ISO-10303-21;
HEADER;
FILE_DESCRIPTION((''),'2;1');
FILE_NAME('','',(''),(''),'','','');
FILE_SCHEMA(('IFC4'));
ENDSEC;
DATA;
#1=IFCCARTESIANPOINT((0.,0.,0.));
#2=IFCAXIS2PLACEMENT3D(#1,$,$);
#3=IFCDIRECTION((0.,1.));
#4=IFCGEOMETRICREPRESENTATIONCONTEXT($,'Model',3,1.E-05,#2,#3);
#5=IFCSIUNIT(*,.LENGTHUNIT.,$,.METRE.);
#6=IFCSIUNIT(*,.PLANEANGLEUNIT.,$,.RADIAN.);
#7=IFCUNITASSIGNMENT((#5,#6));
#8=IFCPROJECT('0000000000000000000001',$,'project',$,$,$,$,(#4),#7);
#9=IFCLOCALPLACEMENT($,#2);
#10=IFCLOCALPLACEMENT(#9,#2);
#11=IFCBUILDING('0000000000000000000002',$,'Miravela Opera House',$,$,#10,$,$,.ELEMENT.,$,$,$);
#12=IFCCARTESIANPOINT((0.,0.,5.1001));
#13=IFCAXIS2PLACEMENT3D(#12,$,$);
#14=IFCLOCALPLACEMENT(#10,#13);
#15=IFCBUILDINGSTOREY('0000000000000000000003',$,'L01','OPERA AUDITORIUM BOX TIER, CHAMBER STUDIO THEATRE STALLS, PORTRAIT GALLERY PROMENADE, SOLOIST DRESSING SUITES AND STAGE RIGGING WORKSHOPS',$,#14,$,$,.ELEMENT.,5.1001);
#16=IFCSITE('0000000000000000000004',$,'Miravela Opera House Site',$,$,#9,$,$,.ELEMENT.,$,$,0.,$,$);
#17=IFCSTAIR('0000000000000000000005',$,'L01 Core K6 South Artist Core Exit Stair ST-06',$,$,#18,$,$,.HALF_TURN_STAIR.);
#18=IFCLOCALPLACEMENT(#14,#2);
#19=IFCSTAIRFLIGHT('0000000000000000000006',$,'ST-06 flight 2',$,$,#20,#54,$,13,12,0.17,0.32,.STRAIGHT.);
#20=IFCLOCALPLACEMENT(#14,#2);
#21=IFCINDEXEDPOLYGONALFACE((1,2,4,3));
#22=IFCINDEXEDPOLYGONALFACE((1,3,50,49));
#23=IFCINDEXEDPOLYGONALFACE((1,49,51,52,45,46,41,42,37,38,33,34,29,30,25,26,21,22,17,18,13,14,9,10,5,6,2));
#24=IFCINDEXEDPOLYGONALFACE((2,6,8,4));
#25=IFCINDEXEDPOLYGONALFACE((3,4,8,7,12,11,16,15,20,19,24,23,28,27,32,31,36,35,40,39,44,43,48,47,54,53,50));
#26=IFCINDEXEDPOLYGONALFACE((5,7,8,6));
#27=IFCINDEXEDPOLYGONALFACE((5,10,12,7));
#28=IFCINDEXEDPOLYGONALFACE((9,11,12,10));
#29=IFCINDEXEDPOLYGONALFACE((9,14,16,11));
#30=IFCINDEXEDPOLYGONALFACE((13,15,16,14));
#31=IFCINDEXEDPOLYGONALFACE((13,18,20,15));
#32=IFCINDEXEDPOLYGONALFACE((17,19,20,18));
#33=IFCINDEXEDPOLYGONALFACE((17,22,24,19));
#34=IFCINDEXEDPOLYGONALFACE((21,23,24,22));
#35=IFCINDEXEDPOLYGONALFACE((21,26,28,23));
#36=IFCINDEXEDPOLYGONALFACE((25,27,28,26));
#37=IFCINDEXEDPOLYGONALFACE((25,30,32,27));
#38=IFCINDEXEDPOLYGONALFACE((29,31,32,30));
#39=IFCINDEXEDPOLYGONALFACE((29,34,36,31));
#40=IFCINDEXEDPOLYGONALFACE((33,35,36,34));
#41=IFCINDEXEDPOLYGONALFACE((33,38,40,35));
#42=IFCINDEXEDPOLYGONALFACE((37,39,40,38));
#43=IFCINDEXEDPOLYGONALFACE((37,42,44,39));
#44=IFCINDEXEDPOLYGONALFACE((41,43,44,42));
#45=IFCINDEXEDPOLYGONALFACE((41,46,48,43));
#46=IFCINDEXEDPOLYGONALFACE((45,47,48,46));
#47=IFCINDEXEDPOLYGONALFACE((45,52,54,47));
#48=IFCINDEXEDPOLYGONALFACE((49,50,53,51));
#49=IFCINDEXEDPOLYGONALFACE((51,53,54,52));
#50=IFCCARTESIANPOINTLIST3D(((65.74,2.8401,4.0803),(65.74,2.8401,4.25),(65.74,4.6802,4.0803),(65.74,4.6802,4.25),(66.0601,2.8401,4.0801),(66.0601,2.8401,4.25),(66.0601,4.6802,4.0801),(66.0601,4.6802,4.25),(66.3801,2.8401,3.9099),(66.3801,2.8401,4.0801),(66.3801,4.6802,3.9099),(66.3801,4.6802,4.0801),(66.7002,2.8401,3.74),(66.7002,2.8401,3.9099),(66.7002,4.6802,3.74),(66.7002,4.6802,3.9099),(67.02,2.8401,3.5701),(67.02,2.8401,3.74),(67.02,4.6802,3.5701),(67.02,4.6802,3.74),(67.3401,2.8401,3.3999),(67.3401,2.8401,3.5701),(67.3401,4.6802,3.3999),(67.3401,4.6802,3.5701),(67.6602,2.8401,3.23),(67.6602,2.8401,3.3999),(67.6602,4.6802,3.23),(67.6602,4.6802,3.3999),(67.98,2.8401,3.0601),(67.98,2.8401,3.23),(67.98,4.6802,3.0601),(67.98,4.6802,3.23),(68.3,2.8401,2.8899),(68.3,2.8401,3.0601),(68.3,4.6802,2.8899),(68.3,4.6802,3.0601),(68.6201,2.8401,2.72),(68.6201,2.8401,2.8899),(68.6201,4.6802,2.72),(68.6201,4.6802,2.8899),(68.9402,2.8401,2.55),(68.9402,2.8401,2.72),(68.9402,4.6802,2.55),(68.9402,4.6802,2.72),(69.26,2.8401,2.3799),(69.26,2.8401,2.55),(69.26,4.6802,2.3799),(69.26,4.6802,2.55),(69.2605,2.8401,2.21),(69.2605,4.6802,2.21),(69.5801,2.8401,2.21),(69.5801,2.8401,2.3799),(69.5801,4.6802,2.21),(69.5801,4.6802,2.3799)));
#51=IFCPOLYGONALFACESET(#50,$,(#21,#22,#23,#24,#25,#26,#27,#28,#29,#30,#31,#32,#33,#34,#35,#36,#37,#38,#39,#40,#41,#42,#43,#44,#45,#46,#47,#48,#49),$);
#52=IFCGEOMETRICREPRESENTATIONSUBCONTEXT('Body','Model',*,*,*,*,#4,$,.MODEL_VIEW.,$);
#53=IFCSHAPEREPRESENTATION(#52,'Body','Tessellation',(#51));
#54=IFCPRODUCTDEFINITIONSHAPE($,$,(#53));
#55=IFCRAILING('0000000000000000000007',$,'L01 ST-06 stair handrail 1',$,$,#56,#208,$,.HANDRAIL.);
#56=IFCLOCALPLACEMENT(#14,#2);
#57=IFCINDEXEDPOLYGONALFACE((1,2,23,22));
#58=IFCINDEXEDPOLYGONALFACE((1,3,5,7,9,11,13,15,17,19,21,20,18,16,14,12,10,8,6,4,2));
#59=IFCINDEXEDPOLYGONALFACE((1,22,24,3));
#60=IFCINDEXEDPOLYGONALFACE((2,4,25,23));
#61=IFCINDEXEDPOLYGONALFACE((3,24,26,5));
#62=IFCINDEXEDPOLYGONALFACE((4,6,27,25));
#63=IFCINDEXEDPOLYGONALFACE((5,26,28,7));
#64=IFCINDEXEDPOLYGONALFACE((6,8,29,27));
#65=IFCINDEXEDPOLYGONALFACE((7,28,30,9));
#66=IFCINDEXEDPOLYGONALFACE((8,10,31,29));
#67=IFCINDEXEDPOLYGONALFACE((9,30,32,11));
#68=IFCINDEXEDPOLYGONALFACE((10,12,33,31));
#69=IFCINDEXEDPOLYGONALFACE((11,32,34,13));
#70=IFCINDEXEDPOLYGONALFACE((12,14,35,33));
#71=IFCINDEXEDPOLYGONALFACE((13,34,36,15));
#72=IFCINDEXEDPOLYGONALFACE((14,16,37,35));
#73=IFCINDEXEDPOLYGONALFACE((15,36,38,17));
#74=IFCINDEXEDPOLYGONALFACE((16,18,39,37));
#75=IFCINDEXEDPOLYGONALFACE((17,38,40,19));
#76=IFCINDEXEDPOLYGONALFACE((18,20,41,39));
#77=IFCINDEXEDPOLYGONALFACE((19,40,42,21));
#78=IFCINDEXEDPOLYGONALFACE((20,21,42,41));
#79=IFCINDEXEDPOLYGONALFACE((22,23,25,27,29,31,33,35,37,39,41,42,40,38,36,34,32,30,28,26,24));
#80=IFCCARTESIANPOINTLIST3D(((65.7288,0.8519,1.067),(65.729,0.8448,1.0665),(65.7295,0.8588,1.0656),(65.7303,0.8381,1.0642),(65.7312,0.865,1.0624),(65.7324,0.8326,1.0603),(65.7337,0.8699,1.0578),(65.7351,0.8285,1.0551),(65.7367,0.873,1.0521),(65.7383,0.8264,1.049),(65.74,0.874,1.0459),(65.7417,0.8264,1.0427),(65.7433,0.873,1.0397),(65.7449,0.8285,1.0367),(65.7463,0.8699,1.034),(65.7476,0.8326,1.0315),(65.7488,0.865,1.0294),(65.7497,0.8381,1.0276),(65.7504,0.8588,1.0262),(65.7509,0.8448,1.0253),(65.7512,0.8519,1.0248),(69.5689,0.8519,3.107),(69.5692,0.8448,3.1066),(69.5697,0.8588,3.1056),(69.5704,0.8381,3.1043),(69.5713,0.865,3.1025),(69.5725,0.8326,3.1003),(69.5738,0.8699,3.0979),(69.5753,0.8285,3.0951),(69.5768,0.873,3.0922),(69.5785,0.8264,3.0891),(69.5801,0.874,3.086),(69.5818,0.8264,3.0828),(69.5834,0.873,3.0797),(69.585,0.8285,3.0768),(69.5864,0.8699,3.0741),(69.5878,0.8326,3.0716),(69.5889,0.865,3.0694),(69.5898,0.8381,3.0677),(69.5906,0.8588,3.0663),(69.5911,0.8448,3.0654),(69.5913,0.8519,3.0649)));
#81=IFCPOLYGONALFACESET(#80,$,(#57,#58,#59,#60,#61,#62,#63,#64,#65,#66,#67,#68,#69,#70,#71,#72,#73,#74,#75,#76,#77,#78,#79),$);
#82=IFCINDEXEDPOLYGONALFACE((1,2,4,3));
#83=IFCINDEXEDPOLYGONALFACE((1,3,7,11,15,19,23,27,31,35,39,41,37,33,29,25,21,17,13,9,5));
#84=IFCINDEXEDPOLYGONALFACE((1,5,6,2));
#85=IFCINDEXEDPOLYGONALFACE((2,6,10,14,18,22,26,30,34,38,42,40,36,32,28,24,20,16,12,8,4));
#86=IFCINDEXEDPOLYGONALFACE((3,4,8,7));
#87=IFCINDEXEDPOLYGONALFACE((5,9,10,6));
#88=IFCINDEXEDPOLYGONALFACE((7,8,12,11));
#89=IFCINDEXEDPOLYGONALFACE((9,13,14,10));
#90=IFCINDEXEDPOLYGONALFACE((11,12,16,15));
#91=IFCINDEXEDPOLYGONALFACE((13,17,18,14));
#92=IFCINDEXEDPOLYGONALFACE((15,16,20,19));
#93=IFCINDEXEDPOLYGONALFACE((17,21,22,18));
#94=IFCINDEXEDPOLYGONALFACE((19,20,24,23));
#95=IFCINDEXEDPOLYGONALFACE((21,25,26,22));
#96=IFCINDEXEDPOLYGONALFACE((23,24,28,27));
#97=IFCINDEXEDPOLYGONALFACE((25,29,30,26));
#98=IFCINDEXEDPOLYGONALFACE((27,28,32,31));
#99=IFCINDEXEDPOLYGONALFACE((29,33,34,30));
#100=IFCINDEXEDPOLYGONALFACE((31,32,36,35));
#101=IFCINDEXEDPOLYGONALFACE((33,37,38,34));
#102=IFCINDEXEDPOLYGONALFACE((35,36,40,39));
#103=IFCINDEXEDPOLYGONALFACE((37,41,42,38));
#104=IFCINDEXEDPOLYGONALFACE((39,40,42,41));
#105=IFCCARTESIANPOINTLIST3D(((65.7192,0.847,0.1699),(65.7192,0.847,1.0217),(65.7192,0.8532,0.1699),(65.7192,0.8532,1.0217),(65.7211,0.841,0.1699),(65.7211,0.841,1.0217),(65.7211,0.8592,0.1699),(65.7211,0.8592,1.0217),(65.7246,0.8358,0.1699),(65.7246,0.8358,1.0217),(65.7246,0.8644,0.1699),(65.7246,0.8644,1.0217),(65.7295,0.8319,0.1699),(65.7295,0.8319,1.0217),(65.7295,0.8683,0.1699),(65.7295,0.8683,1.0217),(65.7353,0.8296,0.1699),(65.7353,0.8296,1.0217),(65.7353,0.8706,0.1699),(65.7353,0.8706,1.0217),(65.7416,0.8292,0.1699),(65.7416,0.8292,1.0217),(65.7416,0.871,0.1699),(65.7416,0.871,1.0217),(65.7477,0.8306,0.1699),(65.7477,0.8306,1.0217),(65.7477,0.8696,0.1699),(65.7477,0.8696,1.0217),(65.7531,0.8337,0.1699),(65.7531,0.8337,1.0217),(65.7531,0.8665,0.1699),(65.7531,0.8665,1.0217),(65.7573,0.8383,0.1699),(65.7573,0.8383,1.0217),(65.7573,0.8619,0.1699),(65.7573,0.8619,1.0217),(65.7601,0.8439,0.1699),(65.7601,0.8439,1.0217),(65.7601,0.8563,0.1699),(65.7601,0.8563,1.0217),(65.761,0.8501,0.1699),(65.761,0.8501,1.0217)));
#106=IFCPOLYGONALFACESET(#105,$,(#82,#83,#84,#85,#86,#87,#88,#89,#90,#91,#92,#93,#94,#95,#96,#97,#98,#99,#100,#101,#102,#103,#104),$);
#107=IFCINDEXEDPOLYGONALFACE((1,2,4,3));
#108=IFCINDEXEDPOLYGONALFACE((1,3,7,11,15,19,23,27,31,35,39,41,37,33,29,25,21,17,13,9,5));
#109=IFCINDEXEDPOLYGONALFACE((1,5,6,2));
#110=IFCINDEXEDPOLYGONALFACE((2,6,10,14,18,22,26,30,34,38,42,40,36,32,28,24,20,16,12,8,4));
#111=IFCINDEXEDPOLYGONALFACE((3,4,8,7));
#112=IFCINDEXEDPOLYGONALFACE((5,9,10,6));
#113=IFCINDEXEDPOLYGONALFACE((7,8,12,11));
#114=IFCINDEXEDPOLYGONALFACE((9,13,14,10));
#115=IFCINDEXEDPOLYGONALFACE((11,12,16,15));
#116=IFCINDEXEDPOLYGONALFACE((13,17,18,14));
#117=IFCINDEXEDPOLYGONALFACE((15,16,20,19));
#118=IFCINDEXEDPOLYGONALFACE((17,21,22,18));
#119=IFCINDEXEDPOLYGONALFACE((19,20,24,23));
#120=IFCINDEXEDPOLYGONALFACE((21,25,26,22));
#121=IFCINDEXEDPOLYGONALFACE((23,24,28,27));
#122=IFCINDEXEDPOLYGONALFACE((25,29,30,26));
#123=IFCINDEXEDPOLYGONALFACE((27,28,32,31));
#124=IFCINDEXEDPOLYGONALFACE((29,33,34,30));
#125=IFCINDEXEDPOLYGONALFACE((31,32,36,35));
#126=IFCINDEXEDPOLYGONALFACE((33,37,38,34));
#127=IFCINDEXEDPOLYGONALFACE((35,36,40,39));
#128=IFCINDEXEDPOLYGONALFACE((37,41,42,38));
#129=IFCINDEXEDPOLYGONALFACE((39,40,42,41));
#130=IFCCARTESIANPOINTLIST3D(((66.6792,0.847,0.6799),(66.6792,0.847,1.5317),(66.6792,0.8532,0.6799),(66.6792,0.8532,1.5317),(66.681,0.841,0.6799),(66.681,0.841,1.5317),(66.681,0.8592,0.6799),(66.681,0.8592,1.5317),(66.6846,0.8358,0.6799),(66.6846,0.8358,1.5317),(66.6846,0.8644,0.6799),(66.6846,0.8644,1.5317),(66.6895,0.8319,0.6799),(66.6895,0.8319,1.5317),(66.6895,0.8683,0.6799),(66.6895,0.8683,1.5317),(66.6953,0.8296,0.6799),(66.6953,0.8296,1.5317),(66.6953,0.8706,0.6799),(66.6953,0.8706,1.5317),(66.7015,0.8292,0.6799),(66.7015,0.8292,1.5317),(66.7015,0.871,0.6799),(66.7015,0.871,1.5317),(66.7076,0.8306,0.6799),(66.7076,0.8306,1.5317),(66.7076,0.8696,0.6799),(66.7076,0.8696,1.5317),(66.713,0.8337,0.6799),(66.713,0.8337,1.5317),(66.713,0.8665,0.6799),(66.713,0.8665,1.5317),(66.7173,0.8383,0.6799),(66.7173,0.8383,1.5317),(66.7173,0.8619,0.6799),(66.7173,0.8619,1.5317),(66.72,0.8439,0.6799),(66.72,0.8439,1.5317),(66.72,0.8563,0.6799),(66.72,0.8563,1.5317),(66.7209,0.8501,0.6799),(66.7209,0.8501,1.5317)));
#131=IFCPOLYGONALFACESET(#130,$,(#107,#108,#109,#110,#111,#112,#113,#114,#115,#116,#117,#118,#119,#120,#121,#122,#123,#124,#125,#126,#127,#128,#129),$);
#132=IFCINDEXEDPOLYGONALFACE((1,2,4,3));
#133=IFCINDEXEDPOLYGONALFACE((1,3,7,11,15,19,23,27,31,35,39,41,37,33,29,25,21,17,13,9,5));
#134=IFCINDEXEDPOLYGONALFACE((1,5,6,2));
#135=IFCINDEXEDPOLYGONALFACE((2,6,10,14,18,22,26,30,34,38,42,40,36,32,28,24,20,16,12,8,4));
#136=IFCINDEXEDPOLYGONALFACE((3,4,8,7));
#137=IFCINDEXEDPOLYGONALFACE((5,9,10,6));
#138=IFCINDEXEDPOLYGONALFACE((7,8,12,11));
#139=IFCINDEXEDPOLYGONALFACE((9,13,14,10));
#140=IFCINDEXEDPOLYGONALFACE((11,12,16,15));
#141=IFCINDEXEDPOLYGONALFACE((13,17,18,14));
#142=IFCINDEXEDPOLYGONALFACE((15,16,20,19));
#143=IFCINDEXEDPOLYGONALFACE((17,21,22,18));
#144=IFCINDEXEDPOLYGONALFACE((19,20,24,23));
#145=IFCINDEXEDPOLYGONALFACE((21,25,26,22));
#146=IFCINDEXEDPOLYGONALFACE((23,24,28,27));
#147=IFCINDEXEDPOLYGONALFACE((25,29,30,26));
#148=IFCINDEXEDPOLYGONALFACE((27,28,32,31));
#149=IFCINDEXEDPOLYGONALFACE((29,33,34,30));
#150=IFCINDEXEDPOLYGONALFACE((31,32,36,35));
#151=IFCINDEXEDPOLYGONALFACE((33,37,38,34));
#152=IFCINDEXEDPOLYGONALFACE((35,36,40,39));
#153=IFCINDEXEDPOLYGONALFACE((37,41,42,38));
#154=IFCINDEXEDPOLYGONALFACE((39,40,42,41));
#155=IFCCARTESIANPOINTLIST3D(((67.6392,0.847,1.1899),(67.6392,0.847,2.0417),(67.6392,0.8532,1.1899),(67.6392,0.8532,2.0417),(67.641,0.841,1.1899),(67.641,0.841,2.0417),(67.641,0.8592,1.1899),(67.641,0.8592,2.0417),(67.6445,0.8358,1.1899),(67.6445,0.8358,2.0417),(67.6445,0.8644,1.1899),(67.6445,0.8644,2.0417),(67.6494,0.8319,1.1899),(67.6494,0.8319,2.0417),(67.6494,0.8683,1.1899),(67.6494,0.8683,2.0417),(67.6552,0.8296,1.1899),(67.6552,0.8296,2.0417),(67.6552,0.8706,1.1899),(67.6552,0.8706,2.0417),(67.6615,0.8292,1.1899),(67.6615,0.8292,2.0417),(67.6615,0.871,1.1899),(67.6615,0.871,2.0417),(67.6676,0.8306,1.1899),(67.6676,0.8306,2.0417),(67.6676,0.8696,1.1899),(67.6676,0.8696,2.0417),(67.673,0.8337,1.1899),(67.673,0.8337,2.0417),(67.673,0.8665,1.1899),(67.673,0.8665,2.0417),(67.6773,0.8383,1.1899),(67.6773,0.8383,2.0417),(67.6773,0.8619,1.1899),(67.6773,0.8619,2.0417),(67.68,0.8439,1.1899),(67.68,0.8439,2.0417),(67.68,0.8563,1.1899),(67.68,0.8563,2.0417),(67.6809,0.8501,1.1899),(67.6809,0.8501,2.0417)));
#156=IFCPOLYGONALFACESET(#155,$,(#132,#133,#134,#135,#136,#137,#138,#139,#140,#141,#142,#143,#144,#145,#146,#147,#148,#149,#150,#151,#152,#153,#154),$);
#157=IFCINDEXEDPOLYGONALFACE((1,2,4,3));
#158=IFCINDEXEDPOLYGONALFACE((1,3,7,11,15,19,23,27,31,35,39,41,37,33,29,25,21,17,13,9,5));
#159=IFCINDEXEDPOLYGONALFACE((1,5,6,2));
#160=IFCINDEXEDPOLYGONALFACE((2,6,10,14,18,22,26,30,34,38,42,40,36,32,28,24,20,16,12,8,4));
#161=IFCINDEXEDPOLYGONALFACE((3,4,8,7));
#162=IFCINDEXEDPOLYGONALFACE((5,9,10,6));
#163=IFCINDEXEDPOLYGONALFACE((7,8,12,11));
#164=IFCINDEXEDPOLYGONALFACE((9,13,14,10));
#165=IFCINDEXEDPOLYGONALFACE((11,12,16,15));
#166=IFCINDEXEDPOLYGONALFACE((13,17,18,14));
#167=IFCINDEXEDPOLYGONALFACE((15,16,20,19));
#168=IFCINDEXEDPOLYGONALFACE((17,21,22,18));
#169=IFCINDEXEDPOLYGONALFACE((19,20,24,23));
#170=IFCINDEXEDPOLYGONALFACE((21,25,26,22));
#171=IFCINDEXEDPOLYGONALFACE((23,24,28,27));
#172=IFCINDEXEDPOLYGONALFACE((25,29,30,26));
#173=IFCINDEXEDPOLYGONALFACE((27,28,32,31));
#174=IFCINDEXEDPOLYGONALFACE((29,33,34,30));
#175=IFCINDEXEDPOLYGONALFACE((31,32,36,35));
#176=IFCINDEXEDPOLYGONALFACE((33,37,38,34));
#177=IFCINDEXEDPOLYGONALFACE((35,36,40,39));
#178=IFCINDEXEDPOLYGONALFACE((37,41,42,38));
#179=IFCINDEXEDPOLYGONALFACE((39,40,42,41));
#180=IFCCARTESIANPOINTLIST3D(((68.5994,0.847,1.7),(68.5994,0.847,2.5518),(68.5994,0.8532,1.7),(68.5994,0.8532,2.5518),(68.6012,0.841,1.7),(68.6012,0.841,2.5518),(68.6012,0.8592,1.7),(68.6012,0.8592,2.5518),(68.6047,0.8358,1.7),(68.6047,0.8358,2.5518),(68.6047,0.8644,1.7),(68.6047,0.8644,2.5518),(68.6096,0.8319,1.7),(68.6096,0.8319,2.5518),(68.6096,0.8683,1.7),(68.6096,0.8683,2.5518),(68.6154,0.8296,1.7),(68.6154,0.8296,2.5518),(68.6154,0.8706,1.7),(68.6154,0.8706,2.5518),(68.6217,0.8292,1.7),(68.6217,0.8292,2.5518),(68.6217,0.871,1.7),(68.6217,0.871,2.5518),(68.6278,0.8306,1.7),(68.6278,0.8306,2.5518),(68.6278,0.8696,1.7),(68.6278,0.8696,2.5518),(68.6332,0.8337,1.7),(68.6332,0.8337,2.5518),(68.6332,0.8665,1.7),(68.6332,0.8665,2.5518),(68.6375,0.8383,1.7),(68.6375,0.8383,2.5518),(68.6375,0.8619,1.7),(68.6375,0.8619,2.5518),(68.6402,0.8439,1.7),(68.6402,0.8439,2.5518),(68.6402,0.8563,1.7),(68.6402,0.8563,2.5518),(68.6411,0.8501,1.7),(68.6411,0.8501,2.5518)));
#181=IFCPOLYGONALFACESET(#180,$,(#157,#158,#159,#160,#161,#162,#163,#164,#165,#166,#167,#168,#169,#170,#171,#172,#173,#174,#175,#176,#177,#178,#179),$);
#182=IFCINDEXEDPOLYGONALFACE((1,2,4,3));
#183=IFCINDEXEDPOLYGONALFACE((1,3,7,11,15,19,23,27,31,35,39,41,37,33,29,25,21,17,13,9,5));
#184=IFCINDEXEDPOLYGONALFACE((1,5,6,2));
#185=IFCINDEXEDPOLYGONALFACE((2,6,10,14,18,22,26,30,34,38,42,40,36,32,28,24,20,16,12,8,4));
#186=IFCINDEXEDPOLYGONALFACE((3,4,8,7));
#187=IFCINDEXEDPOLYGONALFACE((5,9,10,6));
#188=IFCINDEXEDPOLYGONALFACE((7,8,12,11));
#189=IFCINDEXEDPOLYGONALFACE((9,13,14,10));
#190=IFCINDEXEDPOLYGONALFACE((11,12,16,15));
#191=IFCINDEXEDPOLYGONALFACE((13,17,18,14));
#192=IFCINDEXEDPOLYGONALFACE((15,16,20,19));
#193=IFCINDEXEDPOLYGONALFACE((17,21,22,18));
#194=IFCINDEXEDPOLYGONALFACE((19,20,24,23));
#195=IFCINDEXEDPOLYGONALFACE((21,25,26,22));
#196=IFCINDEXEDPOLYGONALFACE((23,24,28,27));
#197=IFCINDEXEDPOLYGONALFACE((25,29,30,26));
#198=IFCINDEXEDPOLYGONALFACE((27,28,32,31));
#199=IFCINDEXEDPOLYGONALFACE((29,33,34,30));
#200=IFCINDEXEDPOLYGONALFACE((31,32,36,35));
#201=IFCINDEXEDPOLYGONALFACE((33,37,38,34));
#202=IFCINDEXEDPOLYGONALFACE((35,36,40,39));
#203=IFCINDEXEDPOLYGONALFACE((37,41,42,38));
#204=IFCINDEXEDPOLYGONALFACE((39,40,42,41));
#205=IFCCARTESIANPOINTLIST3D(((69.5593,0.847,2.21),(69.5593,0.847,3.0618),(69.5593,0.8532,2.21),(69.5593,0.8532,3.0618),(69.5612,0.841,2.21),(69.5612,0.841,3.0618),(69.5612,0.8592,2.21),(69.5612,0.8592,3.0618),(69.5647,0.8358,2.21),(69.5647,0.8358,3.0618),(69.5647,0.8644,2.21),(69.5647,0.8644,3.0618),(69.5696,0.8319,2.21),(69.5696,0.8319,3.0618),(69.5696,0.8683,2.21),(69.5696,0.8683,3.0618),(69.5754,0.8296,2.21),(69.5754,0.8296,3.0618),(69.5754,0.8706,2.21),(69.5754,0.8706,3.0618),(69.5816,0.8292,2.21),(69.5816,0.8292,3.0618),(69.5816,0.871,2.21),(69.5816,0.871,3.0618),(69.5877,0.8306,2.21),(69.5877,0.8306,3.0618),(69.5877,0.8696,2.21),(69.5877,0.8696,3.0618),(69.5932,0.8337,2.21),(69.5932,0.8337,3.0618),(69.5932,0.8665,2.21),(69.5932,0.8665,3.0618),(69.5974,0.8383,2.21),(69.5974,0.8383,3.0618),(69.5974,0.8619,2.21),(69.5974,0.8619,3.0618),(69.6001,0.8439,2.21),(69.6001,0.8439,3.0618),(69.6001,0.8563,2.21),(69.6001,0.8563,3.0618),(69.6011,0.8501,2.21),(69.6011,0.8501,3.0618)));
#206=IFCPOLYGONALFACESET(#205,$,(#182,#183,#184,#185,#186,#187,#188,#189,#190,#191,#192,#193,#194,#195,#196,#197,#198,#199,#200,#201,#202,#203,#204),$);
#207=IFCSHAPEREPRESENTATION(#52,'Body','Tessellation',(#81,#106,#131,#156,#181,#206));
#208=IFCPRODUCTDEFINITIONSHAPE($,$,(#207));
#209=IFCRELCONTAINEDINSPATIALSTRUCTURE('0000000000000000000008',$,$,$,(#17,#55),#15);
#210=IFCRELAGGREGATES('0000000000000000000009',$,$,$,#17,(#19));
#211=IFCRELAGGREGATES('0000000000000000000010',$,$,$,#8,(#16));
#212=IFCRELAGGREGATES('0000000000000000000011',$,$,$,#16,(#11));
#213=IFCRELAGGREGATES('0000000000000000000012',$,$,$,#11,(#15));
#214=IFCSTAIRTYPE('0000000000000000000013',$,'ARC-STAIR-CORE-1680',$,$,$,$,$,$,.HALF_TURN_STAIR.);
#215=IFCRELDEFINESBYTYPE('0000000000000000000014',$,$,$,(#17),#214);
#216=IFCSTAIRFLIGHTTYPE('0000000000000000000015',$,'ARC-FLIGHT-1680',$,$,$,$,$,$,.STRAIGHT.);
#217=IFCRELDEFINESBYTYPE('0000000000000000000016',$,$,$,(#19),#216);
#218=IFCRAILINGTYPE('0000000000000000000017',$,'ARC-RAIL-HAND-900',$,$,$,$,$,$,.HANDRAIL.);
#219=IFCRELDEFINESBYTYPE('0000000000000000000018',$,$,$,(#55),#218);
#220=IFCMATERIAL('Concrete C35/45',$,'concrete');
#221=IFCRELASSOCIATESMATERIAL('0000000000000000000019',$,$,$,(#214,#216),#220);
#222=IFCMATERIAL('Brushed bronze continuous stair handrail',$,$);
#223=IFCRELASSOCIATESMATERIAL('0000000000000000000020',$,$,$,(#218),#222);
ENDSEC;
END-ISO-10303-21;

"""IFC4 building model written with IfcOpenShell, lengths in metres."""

from ifc_helpers import new_model, si_unit, direction, frame, origin, origin_2d, place, context, subcontext, project, spatial, polyline, circle, outline, extrude, material, type_object, element, aggregate, save


model = new_model("IFC4")

# Units and contexts
model_context = context("Model", 3, precision=1e-05, world=origin(), true_north=direction((0.0, 1.0)))
body_context = subcontext(model_context, "Body", "Model", "MODEL_VIEW")
ifc_project = project(units=[si_unit("LENGTHUNIT", "METRE"), si_unit("PLANEANGLEUNIT", "RADIAN")], contexts=[model_context])

# Site, building, storey
site_placement = place(None, origin())
site = spatial("IfcSite", under=ifc_project, at=site_placement, Name="Miravela Opera House Site", CompositionType="ELEMENT", RefElevation=0.0)
building_placement = place(site_placement, origin())
building = spatial("IfcBuilding", under=site, at=building_placement, Name="Miravela Opera House", CompositionType="ELEMENT")
storey_placement = place(building_placement, frame((0.0, 0.0, 5.1001)))
storey = spatial("IfcBuildingStorey", under=building, at=storey_placement, Name="L01", Description="OPERA AUDITORIUM BOX TIER, CHAMBER STUDIO THEATRE STALLS, PORTRAIT GALLERY PROMENADE, SOLOIST DRESSING SUITES AND STAGE RIGGING WORKSHOPS", CompositionType="ELEMENT", Elevation=5.1001)

# Shared definitions
ifc_material_1 = material(Name="Concrete C35/45", Category="concrete")

# Stair, stair flight
stair_type = type_object("IfcStairType", Name="ARC-STAIR-CORE-1680", PredefinedType="HALF_TURN_STAIR", material=ifc_material_1)
stair_placement = place(storey_placement, origin())
stair = element("IfcStair", 1, at=stair_placement, inside=storey, type_object=stair_type, Name="L01 Core K6 South Artist Core Exit Stair ST-06", PredefinedType="HALF_TURN_STAIR")
stair_flight_type = type_object("IfcStairFlightType", Name="ARC-FLIGHT-1680", PredefinedType="STRAIGHT", material=ifc_material_1)
stair_flight_1_placement = place(storey_placement, frame((69.5801, 3.76, 2.21), z_axis=(0.0, 0.0, 1.0), x_axis=(-1.0, 0.0, 0.0)))
stair_flight_1 = element("IfcStairFlight", 2, at=stair_flight_1_placement, type_object=stair_flight_type, Name="ST-06 flight 2", NumberOfRisers=13, NumberOfTreads=12, PredefinedType="STRAIGHT", RiserHeight=0.17, TreadLength=0.32, context=body_context, shape_type="SweptSolid", body=[
    extrude(outline(polyline([(0.0, 0.0), (0.0, 0.1699), (0.3201, 0.1699), (0.3201, 0.3401), (0.6399, 0.3401), (0.6399, 0.51), (0.96, 0.51), (0.96, 0.6799), (1.28, 0.6799), (1.28, 0.8501), (1.6001, 0.8501), (1.6001, 1.02), (1.9199, 1.02), (1.9199, 1.1899), (2.24, 1.1899), (2.24, 1.3601), (2.5601, 1.3601), (2.5601, 1.53), (2.8799, 1.53), (2.8799, 1.7), (3.2, 1.7), (3.2, 1.8701), (3.52, 1.8701), (3.52, 2.04), (3.8401, 2.04), (3.8401, 2.21), (3.8401, 1.8704), (0.3196, 0.0), (0.0, 0.0)])), frame((0.0, 0.9199, 0.0), z_axis=(0.0, -1.0, 0.0), x_axis=(1.0, 0.0, 0.0)), (0.0, 0.0, 1.0), 1.8401),
])
aggregate(stair, [stair_flight_1])

# Railing
ifc_material_2 = material(Name="Brushed bronze continuous stair handrail")
railing_type_1 = type_object("IfcRailingType", Name="ARC-RAIL-HAND-900", PredefinedType="HANDRAIL", material=ifc_material_2)
railing_1_placement = place(storey_placement, frame((65.74, 0.8501, 0.1699)))
element("IfcRailing", 3, at=railing_1_placement, inside=storey, type_object=railing_type_1, Name="L01 ST-06 stair handrail 1", PredefinedType="HANDRAIL", context=body_context, shape_type="SweptSolid", body=[
    extrude(circle(Radius=0.0239, at=origin_2d()), frame((0.0, 0.0, 0.876), z_axis=(0.883116, 0.0, 0.469154), x_axis=(0.0, 1.0, 0.0)), (0.0, 0.0, 1.0), 4.3484),
    extrude(circle(Radius=0.021, at=origin_2d()), origin(), (0.0, 0.0, 1.0), 0.8518),
    extrude(circle(Radius=0.021, at=origin_2d()), frame((0.96, 0.0, 0.51)), (0.0, 0.0, 1.0), 0.8518),
    extrude(circle(Radius=0.021, at=origin_2d()), frame((1.9199, 0.0, 1.02)), (0.0, 0.0, 1.0), 0.8518),
    extrude(circle(Radius=0.021, at=origin_2d()), frame((2.8801, 0.0, 1.53)), (0.0, 0.0, 1.0), 0.8518),
    extrude(circle(Radius=0.021, at=origin_2d()), frame((3.8401, 0.0, 2.04)), (0.0, 0.0, 1.0), 0.8518),
])

save(model, "model.ifc")
